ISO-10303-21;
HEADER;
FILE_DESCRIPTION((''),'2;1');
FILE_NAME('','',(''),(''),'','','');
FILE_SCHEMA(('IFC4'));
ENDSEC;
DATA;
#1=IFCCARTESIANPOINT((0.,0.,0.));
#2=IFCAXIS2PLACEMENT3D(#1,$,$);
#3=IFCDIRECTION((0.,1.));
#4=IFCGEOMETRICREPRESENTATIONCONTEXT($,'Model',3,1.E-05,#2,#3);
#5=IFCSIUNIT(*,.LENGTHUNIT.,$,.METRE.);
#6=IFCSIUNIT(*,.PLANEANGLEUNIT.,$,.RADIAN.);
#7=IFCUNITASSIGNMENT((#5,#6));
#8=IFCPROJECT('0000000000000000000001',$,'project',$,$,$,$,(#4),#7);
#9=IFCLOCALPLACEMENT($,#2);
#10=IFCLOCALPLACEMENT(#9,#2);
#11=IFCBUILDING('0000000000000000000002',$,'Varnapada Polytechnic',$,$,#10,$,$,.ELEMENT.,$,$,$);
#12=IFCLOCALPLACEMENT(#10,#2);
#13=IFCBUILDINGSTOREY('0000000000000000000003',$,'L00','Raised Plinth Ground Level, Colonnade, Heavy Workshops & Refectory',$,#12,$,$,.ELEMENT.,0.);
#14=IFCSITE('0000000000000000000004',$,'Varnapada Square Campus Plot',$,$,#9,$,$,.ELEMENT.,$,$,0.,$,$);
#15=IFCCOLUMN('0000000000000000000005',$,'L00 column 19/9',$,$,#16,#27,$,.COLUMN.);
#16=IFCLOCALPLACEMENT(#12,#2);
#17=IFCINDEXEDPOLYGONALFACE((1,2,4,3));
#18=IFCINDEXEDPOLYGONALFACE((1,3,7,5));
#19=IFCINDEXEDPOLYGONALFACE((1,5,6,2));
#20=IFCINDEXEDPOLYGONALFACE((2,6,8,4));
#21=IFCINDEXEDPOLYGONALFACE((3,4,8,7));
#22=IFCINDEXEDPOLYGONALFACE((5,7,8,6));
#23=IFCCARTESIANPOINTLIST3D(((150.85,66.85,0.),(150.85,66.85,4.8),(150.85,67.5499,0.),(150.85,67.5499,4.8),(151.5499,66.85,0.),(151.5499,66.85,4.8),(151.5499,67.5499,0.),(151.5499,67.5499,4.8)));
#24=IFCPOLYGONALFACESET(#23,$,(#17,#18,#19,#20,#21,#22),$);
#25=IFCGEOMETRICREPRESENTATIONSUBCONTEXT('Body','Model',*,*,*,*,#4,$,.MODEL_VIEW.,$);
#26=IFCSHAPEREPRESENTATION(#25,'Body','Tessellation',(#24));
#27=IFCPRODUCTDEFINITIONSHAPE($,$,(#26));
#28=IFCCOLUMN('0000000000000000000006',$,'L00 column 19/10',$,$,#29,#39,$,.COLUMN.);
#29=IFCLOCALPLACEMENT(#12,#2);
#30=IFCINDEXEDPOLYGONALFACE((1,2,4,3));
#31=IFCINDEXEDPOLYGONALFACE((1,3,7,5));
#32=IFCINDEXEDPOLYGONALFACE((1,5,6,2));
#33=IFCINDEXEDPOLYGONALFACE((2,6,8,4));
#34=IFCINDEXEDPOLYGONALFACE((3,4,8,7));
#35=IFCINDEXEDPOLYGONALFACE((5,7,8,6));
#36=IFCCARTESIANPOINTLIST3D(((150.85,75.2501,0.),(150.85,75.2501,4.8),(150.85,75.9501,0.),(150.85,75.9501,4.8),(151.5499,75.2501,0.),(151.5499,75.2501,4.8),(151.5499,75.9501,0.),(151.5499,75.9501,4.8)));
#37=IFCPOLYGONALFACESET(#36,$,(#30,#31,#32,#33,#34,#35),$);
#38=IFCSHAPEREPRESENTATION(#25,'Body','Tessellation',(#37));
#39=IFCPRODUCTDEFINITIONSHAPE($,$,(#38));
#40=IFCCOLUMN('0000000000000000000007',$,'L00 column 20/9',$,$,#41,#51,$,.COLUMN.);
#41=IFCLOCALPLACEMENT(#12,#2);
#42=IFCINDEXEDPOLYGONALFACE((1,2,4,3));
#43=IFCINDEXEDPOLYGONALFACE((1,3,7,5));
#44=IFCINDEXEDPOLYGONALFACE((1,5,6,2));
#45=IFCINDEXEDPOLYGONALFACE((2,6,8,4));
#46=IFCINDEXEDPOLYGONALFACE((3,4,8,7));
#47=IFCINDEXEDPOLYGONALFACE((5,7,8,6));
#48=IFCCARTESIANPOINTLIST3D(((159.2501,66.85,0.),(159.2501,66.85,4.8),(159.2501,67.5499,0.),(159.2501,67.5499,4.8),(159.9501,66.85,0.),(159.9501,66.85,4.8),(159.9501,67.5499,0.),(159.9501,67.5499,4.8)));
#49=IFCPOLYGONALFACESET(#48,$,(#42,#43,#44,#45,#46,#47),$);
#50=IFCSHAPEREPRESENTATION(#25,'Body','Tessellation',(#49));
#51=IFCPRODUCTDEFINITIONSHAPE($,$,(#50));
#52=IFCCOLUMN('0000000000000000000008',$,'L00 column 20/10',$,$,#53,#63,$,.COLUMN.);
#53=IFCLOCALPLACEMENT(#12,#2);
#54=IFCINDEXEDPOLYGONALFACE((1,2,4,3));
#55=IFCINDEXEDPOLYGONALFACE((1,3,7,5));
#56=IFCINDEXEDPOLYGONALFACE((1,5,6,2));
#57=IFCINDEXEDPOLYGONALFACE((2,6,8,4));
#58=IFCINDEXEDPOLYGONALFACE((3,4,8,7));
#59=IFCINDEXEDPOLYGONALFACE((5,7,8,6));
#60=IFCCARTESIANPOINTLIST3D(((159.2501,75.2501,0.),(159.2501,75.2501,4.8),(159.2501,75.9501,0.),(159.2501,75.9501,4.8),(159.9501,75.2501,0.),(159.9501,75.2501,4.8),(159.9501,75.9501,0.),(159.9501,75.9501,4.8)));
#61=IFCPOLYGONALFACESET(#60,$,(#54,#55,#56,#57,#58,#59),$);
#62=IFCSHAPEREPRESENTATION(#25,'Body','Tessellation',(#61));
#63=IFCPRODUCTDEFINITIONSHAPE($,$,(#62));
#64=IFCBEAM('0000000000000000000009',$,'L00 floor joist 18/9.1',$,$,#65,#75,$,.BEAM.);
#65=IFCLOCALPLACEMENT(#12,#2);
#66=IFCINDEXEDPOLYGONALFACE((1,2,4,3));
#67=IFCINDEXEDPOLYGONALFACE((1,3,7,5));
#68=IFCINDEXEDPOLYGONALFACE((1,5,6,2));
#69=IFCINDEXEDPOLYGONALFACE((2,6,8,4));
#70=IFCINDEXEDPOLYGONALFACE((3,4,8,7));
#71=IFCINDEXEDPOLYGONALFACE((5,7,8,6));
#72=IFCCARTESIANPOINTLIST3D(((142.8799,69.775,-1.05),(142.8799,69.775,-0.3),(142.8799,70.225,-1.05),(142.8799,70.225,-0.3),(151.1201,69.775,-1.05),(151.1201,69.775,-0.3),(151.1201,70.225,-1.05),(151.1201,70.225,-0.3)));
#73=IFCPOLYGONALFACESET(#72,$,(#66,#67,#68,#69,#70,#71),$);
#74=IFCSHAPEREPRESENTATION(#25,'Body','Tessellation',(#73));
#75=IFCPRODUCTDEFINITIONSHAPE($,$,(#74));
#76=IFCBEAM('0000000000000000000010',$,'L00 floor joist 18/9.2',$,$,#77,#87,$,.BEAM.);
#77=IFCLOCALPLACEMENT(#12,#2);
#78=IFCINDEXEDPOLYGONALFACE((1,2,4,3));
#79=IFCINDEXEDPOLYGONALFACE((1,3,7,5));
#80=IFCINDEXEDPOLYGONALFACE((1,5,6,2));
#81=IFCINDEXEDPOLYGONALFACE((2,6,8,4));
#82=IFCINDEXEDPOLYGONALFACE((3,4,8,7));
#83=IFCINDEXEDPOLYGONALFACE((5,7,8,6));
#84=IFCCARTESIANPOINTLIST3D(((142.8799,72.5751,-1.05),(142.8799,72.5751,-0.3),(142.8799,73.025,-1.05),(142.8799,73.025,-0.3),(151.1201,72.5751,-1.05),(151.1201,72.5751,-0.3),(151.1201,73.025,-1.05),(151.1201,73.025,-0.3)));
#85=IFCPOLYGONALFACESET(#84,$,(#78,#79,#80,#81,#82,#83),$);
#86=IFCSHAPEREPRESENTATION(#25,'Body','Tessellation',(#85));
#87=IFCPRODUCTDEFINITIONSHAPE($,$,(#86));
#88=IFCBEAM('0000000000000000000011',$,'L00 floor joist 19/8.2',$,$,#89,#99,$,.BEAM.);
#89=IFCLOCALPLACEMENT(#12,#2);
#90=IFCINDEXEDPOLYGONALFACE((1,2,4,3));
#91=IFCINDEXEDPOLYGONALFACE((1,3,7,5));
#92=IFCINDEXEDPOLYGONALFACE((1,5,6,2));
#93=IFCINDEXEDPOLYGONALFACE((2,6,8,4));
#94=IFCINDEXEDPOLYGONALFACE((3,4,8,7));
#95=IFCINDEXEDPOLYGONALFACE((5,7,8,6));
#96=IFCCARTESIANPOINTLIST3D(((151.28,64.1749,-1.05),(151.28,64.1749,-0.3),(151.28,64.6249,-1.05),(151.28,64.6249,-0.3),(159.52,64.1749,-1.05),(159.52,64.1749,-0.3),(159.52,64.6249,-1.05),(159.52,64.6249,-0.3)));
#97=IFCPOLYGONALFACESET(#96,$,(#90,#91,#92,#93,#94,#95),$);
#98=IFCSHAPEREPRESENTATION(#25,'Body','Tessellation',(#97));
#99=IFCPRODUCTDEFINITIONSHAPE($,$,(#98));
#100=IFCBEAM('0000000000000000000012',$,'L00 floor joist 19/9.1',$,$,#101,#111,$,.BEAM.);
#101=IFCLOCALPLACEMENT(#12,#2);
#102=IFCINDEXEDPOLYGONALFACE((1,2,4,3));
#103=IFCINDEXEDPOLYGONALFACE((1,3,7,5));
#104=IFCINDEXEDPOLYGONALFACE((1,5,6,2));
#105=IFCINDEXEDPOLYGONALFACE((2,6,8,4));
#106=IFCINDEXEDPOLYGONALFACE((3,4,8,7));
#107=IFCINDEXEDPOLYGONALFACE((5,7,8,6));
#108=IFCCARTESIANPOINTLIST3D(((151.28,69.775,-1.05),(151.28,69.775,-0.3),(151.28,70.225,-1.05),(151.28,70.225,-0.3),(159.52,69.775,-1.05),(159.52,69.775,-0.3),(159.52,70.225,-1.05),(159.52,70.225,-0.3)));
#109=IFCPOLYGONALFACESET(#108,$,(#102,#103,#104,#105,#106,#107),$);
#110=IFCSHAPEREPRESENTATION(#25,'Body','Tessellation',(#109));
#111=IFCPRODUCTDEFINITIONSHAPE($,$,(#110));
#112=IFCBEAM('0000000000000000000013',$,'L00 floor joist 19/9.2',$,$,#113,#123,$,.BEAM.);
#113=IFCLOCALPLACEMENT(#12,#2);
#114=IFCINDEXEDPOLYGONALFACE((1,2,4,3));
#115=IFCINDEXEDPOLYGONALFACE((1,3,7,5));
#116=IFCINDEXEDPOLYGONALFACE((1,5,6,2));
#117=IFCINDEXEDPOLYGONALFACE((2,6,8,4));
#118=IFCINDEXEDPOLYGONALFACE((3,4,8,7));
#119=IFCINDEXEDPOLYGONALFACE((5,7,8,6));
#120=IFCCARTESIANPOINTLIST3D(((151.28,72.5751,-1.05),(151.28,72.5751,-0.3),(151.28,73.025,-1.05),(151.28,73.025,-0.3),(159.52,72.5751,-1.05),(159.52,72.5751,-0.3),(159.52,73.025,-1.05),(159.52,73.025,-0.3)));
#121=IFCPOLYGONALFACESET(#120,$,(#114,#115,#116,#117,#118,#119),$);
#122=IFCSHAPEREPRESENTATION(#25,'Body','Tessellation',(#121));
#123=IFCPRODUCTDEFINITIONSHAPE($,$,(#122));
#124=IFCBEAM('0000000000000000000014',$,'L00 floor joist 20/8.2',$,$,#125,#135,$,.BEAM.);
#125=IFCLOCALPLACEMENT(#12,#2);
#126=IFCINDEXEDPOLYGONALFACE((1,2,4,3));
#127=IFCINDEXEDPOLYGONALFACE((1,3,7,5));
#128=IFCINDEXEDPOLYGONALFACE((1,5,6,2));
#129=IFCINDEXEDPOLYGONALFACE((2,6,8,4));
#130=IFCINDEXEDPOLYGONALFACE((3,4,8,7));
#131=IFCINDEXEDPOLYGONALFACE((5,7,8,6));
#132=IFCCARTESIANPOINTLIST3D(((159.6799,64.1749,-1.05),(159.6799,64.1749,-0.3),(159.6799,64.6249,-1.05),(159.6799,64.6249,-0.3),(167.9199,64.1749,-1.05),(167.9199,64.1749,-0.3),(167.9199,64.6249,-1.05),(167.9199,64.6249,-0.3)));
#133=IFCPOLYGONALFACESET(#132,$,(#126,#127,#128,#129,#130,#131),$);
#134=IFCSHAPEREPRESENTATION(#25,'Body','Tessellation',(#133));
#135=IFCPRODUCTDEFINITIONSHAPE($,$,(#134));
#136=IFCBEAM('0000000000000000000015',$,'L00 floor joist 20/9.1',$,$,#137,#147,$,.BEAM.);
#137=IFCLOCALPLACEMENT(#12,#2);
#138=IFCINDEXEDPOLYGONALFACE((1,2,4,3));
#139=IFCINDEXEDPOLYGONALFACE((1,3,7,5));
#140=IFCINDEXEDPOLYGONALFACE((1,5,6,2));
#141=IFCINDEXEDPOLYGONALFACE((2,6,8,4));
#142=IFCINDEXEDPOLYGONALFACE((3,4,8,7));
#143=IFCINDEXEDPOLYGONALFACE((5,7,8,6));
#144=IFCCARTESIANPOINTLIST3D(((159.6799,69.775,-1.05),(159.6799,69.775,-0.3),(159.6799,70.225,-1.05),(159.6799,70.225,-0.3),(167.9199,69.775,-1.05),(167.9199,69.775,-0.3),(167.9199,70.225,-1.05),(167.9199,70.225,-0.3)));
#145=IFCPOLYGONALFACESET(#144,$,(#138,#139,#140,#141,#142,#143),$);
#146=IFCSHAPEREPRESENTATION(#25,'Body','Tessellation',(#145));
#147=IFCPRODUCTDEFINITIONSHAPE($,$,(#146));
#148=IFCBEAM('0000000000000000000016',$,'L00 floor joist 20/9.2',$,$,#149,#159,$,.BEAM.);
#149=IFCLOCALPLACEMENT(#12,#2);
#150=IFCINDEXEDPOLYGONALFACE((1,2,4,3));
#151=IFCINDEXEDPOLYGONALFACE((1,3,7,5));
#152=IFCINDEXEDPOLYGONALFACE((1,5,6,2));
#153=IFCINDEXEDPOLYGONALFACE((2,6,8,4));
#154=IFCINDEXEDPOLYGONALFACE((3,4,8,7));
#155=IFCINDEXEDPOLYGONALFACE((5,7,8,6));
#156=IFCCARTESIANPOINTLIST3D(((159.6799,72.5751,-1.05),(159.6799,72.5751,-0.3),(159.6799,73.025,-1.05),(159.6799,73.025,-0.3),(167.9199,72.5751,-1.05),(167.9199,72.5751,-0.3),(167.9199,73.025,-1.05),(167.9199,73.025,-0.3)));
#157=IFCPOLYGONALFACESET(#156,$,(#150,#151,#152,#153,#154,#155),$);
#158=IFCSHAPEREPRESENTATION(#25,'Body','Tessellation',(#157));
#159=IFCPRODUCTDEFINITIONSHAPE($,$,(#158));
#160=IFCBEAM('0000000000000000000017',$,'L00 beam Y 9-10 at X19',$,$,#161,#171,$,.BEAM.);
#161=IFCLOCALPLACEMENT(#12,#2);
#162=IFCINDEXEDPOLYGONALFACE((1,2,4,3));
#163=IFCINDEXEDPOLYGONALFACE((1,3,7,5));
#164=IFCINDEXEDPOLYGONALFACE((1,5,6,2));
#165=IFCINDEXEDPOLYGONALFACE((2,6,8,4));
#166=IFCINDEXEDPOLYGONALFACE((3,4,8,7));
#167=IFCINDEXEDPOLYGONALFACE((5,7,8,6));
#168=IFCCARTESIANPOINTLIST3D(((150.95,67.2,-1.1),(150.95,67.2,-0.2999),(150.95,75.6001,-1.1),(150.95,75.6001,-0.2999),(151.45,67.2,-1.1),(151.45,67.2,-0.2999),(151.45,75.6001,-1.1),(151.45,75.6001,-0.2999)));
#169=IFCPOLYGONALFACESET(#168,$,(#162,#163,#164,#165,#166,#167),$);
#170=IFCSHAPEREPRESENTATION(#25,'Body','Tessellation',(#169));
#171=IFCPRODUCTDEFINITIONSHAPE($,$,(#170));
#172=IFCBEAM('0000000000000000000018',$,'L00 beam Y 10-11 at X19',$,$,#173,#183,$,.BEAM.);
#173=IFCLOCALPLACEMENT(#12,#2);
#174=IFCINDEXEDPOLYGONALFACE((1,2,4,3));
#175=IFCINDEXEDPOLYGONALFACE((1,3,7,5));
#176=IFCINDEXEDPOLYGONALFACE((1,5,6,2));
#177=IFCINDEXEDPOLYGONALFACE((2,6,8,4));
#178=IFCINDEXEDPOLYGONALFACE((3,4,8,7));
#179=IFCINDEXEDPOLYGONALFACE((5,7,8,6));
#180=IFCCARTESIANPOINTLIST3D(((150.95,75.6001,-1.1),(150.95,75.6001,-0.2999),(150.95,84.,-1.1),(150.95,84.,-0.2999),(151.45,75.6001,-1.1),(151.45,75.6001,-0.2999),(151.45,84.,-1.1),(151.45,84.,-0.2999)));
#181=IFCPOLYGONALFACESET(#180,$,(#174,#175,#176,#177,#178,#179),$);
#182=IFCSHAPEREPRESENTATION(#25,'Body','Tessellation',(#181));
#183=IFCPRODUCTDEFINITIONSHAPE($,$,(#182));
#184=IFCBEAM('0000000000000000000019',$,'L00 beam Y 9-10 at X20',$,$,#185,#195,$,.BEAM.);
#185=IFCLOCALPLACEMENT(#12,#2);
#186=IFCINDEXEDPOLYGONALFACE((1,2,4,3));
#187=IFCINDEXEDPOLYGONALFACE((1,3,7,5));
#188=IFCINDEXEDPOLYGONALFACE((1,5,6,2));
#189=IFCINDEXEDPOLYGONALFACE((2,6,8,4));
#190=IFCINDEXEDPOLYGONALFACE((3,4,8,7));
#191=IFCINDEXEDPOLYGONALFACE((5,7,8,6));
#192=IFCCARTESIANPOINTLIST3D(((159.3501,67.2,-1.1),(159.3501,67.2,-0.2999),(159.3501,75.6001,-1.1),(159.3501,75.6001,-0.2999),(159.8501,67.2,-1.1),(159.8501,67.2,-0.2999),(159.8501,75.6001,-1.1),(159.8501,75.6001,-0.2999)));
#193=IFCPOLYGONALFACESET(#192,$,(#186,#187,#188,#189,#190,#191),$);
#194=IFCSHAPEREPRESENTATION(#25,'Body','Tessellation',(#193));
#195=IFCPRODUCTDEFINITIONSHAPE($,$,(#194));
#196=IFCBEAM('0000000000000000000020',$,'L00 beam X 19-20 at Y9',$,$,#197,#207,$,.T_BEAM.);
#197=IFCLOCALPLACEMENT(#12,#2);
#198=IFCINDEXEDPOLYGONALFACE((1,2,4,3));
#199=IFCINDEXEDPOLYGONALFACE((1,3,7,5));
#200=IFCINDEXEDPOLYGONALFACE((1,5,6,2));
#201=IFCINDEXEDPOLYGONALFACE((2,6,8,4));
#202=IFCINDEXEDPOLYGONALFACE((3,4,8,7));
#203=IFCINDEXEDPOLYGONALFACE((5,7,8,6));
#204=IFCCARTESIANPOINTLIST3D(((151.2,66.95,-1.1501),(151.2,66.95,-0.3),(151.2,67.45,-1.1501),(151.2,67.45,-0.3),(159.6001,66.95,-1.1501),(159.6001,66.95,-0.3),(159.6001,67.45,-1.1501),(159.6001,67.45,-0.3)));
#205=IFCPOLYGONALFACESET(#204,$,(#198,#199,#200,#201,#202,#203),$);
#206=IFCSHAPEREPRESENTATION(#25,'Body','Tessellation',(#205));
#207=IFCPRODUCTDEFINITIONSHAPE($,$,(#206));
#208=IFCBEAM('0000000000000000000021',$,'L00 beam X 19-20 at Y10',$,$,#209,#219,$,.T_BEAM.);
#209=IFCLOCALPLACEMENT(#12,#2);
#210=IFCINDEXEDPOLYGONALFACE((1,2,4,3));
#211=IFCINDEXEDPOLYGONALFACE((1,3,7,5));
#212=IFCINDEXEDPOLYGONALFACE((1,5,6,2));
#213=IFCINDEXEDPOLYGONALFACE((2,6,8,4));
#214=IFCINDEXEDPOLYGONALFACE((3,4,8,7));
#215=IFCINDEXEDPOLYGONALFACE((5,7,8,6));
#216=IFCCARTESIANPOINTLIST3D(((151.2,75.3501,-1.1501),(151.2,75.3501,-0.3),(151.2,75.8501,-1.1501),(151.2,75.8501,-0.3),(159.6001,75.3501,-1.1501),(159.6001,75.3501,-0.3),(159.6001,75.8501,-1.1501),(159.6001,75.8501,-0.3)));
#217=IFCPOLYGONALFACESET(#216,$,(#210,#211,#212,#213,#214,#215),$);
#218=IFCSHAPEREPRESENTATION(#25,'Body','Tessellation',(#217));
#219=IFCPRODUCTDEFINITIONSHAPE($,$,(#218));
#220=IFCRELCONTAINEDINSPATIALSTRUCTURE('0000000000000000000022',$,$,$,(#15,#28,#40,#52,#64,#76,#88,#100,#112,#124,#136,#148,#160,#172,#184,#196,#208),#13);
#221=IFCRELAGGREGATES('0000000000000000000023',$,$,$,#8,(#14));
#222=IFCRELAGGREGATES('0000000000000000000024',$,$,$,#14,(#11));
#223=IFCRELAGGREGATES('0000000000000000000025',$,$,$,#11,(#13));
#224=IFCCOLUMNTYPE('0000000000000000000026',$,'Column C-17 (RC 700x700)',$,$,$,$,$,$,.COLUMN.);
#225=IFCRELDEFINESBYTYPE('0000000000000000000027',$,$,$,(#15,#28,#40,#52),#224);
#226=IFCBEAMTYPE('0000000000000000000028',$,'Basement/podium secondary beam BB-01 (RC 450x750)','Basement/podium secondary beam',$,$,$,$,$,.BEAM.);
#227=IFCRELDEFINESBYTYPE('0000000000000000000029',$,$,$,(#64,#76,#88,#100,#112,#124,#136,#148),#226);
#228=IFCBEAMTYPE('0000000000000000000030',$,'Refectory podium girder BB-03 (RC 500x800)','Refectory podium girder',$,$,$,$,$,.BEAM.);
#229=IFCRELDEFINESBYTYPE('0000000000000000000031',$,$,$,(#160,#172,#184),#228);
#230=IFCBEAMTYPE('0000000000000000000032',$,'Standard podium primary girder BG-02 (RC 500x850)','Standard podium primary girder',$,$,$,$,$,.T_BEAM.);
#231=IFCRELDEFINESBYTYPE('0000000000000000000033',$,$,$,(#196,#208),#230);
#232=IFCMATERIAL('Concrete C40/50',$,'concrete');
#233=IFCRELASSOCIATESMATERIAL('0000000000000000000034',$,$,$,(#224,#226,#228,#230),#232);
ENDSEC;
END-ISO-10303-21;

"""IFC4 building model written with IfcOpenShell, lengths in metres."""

from ifc_helpers import new_model, si_unit, direction, frame, origin, origin_2d, place, context, subcontext, project, spatial, rectangle, extrude, material, material_profile, profile_set, type_object, element, save


model = new_model("IFC4")

# Units and contexts
model_context = context("Model", 3, precision=1e-05, world=origin(), true_north=direction((0.0, 1.0)))
body_context = subcontext(model_context, "Body", "Model", "MODEL_VIEW")
ifc_project = project(units=[si_unit("LENGTHUNIT", "METRE"), si_unit("PLANEANGLEUNIT", "RADIAN")], contexts=[model_context])

# Site, building, storey
site_placement = place(None, origin())
site = spatial("IfcSite", under=ifc_project, at=site_placement, Name="Varnapada Square Campus Plot", CompositionType="ELEMENT", RefElevation=0.0)
building_placement = place(site_placement, origin())
building = spatial("IfcBuilding", under=site, at=building_placement, Name="Varnapada Polytechnic", CompositionType="ELEMENT")
storey_placement = place(building_placement, origin())
storey = spatial("IfcBuildingStorey", under=building, at=storey_placement, Name="L00", Description="Raised Plinth Ground Level, Colonnade, Heavy Workshops & Refectory", CompositionType="ELEMENT", Elevation=0.0)

# Columns
ifc_material_1 = material(Name="Concrete C40/50", Category="concrete")
ifc_material_profile_1 = material_profile(ifc_material_1, rectangle(XDim=0.7, YDim=0.7, at=origin_2d()), Name="RC 700x700")
ifc_profile_set_1 = profile_set([ifc_material_profile_1], Name="Concrete C40/50")
column_type = type_object("IfcColumnType", Name="Column C-17 (RC 700x700)", PredefinedType="COLUMN", material=ifc_profile_set_1)
for number, where, z_axis, x_axis, name in (
    (1, (151.2, 67.2, 0.0), (0.0, 0.0, 1.0), (1.0, 0.0, 0.0), "L00 column 19/9"),
    (2, (151.2, 75.6001, 0.0), (0.0, 0.0, 1.0), (1.0, 0.0, 0.0), "L00 column 19/10"),
    (3, (159.6001, 67.2, 0.0), (0.0, 0.0, 1.0), (1.0, 0.0, 0.0), "L00 column 20/9"),
    (4, (159.6001, 75.6001, 0.0), (0.0, 0.0, 1.0), (1.0, 0.0, 0.0), "L00 column 20/10"),
):
    element("IfcColumn", number, at=place(storey_placement, frame(where, z_axis=z_axis, x_axis=x_axis)), inside=storey, type_object=column_type, Name=name, PredefinedType="COLUMN", context=body_context, shape_type="SweptSolid", body=[
        extrude(rectangle(XDim=0.7, YDim=0.7, at=origin_2d()), origin(), (0.0, 0.0, 1.0), 4.8),
    ])

# Beams
ifc_material_profile_2 = material_profile(ifc_material_1, rectangle(XDim=0.45, YDim=0.75, at=origin_2d()), Name="RC 450x750")
ifc_profile_set_2 = profile_set([ifc_material_profile_2], Name="Concrete C40/50")
beam_type_1 = type_object("IfcBeamType", Name="Basement/podium secondary beam BB-01 (RC 450x750)", Description="Basement/podium secondary beam", PredefinedType="BEAM", material=ifc_profile_set_2)
for number, where, z_axis, x_axis, name in (
    (5, (142.8799, 70.0, -0.675), (1.0, 0.0, 0.0), (0.0, 1.0, 0.0), "L00 floor joist 18/9.1"),
    (6, (142.8799, 72.8, -0.675), (1.0, 0.0, 0.0), (0.0, 1.0, 0.0), "L00 floor joist 18/9.2"),
):
    element("IfcBeam", number, at=place(storey_placement, frame(where, z_axis=z_axis, x_axis=x_axis)), inside=storey, type_object=beam_type_1, Name=name, PredefinedType="BEAM", context=body_context, shape_type="SweptSolid", body=[
        extrude(rectangle(XDim=0.45, YDim=0.75, at=origin_2d()), origin(), (0.0, 0.0, 1.0), 8.2402),
    ])
for number, where, z_axis, x_axis, name in (
    (7, (151.28, 64.3999, -0.675), (1.0, 0.0, 0.0), (0.0, 1.0, 0.0), "L00 floor joist 19/8.2"),
    (8, (151.28, 70.0, -0.675), (1.0, 0.0, 0.0), (0.0, 1.0, 0.0), "L00 floor joist 19/9.1"),
    (9, (151.28, 72.8, -0.675), (1.0, 0.0, 0.0), (0.0, 1.0, 0.0), "L00 floor joist 19/9.2"),
    (10, (159.6799, 64.3999, -0.675), (1.0, 0.0, 0.0), (0.0, 1.0, 0.0), "L00 floor joist 20/8.2"),
    (11, (159.6799, 70.0, -0.675), (1.0, 0.0, 0.0), (0.0, 1.0, 0.0), "L00 floor joist 20/9.1"),
    (12, (159.6799, 72.8, -0.675), (1.0, 0.0, 0.0), (0.0, 1.0, 0.0), "L00 floor joist 20/9.2"),
):
    element("IfcBeam", number, at=place(storey_placement, frame(where, z_axis=z_axis, x_axis=x_axis)), inside=storey, type_object=beam_type_1, Name=name, PredefinedType="BEAM", context=body_context, shape_type="SweptSolid", body=[
        extrude(rectangle(XDim=0.45, YDim=0.75, at=origin_2d()), origin(), (0.0, 0.0, 1.0), 8.24),
    ])
ifc_material_profile_3 = material_profile(ifc_material_1, rectangle(XDim=0.5, YDim=0.8, at=origin_2d()), Name="RC 500x800")
ifc_profile_set_3 = profile_set([ifc_material_profile_3], Name="Concrete C40/50")
beam_type_2 = type_object("IfcBeamType", Name="Refectory podium girder BB-03 (RC 500x800)", Description="Refectory podium girder", PredefinedType="BEAM", material=ifc_profile_set_3)
beam_1_placement = place(storey_placement, frame((151.2, 67.2, -0.7), z_axis=(0.0, 1.0, 0.0), x_axis=(-1.0, 0.0, 0.0)))
element("IfcBeam", 13, at=beam_1_placement, inside=storey, type_object=beam_type_2, Name="L00 beam Y 9-10 at X19", PredefinedType="BEAM", context=body_context, shape_type="SweptSolid", body=[
    extrude(rectangle(XDim=0.5, YDim=0.8, at=origin_2d()), origin(), (0.0, 0.0, 1.0), 8.4001),
])
beam_2_placement = place(storey_placement, frame((151.2, 75.6001, -0.7), z_axis=(0.0, 1.0, 0.0), x_axis=(-1.0, 0.0, 0.0)))
element("IfcBeam", 14, at=beam_2_placement, inside=storey, type_object=beam_type_2, Name="L00 beam Y 10-11 at X19", PredefinedType="BEAM", context=body_context, shape_type="SweptSolid", body=[
    extrude(rectangle(XDim=0.5, YDim=0.8, at=origin_2d()), origin(), (0.0, 0.0, 1.0), 8.3999),
])
beam_3_placement = place(storey_placement, frame((159.6001, 67.2, -0.7), z_axis=(0.0, 1.0, 0.0), x_axis=(-1.0, 0.0, 0.0)))
element("IfcBeam", 15, at=beam_3_placement, inside=storey, type_object=beam_type_2, Name="L00 beam Y 9-10 at X20", PredefinedType="BEAM", context=body_context, shape_type="SweptSolid", body=[
    extrude(rectangle(XDim=0.5, YDim=0.8, at=origin_2d()), origin(), (0.0, 0.0, 1.0), 8.4001),
])
ifc_material_profile_4 = material_profile(ifc_material_1, rectangle(XDim=0.5, YDim=0.8501, at=origin_2d()), Name="RC 500x850")
ifc_profile_set_4 = profile_set([ifc_material_profile_4], Name="Concrete C40/50")
beam_type_3 = type_object("IfcBeamType", Name="Standard podium primary girder BG-02 (RC 500x850)", Description="Standard podium primary girder", PredefinedType="T_BEAM", material=ifc_profile_set_4)
for number, where, z_axis, x_axis, name in (
    (16, (151.2, 67.2, -0.7251), (1.0, 0.0, 0.0), (0.0, 1.0, 0.0), "L00 beam X 19-20 at Y9"),
    (17, (151.2, 75.6001, -0.7251), (1.0, 0.0, 0.0), (0.0, 1.0, 0.0), "L00 beam X 19-20 at Y10"),
):
    element("IfcBeam", number, at=place(storey_placement, frame(where, z_axis=z_axis, x_axis=x_axis)), inside=storey, type_object=beam_type_3, Name=name, PredefinedType="T_BEAM", context=body_context, shape_type="SweptSolid", body=[
        extrude(rectangle(XDim=0.5, YDim=0.8501, at=origin_2d()), origin(), (0.0, 0.0, 1.0), 8.4001),
    ])

save(model, "model.ifc")
